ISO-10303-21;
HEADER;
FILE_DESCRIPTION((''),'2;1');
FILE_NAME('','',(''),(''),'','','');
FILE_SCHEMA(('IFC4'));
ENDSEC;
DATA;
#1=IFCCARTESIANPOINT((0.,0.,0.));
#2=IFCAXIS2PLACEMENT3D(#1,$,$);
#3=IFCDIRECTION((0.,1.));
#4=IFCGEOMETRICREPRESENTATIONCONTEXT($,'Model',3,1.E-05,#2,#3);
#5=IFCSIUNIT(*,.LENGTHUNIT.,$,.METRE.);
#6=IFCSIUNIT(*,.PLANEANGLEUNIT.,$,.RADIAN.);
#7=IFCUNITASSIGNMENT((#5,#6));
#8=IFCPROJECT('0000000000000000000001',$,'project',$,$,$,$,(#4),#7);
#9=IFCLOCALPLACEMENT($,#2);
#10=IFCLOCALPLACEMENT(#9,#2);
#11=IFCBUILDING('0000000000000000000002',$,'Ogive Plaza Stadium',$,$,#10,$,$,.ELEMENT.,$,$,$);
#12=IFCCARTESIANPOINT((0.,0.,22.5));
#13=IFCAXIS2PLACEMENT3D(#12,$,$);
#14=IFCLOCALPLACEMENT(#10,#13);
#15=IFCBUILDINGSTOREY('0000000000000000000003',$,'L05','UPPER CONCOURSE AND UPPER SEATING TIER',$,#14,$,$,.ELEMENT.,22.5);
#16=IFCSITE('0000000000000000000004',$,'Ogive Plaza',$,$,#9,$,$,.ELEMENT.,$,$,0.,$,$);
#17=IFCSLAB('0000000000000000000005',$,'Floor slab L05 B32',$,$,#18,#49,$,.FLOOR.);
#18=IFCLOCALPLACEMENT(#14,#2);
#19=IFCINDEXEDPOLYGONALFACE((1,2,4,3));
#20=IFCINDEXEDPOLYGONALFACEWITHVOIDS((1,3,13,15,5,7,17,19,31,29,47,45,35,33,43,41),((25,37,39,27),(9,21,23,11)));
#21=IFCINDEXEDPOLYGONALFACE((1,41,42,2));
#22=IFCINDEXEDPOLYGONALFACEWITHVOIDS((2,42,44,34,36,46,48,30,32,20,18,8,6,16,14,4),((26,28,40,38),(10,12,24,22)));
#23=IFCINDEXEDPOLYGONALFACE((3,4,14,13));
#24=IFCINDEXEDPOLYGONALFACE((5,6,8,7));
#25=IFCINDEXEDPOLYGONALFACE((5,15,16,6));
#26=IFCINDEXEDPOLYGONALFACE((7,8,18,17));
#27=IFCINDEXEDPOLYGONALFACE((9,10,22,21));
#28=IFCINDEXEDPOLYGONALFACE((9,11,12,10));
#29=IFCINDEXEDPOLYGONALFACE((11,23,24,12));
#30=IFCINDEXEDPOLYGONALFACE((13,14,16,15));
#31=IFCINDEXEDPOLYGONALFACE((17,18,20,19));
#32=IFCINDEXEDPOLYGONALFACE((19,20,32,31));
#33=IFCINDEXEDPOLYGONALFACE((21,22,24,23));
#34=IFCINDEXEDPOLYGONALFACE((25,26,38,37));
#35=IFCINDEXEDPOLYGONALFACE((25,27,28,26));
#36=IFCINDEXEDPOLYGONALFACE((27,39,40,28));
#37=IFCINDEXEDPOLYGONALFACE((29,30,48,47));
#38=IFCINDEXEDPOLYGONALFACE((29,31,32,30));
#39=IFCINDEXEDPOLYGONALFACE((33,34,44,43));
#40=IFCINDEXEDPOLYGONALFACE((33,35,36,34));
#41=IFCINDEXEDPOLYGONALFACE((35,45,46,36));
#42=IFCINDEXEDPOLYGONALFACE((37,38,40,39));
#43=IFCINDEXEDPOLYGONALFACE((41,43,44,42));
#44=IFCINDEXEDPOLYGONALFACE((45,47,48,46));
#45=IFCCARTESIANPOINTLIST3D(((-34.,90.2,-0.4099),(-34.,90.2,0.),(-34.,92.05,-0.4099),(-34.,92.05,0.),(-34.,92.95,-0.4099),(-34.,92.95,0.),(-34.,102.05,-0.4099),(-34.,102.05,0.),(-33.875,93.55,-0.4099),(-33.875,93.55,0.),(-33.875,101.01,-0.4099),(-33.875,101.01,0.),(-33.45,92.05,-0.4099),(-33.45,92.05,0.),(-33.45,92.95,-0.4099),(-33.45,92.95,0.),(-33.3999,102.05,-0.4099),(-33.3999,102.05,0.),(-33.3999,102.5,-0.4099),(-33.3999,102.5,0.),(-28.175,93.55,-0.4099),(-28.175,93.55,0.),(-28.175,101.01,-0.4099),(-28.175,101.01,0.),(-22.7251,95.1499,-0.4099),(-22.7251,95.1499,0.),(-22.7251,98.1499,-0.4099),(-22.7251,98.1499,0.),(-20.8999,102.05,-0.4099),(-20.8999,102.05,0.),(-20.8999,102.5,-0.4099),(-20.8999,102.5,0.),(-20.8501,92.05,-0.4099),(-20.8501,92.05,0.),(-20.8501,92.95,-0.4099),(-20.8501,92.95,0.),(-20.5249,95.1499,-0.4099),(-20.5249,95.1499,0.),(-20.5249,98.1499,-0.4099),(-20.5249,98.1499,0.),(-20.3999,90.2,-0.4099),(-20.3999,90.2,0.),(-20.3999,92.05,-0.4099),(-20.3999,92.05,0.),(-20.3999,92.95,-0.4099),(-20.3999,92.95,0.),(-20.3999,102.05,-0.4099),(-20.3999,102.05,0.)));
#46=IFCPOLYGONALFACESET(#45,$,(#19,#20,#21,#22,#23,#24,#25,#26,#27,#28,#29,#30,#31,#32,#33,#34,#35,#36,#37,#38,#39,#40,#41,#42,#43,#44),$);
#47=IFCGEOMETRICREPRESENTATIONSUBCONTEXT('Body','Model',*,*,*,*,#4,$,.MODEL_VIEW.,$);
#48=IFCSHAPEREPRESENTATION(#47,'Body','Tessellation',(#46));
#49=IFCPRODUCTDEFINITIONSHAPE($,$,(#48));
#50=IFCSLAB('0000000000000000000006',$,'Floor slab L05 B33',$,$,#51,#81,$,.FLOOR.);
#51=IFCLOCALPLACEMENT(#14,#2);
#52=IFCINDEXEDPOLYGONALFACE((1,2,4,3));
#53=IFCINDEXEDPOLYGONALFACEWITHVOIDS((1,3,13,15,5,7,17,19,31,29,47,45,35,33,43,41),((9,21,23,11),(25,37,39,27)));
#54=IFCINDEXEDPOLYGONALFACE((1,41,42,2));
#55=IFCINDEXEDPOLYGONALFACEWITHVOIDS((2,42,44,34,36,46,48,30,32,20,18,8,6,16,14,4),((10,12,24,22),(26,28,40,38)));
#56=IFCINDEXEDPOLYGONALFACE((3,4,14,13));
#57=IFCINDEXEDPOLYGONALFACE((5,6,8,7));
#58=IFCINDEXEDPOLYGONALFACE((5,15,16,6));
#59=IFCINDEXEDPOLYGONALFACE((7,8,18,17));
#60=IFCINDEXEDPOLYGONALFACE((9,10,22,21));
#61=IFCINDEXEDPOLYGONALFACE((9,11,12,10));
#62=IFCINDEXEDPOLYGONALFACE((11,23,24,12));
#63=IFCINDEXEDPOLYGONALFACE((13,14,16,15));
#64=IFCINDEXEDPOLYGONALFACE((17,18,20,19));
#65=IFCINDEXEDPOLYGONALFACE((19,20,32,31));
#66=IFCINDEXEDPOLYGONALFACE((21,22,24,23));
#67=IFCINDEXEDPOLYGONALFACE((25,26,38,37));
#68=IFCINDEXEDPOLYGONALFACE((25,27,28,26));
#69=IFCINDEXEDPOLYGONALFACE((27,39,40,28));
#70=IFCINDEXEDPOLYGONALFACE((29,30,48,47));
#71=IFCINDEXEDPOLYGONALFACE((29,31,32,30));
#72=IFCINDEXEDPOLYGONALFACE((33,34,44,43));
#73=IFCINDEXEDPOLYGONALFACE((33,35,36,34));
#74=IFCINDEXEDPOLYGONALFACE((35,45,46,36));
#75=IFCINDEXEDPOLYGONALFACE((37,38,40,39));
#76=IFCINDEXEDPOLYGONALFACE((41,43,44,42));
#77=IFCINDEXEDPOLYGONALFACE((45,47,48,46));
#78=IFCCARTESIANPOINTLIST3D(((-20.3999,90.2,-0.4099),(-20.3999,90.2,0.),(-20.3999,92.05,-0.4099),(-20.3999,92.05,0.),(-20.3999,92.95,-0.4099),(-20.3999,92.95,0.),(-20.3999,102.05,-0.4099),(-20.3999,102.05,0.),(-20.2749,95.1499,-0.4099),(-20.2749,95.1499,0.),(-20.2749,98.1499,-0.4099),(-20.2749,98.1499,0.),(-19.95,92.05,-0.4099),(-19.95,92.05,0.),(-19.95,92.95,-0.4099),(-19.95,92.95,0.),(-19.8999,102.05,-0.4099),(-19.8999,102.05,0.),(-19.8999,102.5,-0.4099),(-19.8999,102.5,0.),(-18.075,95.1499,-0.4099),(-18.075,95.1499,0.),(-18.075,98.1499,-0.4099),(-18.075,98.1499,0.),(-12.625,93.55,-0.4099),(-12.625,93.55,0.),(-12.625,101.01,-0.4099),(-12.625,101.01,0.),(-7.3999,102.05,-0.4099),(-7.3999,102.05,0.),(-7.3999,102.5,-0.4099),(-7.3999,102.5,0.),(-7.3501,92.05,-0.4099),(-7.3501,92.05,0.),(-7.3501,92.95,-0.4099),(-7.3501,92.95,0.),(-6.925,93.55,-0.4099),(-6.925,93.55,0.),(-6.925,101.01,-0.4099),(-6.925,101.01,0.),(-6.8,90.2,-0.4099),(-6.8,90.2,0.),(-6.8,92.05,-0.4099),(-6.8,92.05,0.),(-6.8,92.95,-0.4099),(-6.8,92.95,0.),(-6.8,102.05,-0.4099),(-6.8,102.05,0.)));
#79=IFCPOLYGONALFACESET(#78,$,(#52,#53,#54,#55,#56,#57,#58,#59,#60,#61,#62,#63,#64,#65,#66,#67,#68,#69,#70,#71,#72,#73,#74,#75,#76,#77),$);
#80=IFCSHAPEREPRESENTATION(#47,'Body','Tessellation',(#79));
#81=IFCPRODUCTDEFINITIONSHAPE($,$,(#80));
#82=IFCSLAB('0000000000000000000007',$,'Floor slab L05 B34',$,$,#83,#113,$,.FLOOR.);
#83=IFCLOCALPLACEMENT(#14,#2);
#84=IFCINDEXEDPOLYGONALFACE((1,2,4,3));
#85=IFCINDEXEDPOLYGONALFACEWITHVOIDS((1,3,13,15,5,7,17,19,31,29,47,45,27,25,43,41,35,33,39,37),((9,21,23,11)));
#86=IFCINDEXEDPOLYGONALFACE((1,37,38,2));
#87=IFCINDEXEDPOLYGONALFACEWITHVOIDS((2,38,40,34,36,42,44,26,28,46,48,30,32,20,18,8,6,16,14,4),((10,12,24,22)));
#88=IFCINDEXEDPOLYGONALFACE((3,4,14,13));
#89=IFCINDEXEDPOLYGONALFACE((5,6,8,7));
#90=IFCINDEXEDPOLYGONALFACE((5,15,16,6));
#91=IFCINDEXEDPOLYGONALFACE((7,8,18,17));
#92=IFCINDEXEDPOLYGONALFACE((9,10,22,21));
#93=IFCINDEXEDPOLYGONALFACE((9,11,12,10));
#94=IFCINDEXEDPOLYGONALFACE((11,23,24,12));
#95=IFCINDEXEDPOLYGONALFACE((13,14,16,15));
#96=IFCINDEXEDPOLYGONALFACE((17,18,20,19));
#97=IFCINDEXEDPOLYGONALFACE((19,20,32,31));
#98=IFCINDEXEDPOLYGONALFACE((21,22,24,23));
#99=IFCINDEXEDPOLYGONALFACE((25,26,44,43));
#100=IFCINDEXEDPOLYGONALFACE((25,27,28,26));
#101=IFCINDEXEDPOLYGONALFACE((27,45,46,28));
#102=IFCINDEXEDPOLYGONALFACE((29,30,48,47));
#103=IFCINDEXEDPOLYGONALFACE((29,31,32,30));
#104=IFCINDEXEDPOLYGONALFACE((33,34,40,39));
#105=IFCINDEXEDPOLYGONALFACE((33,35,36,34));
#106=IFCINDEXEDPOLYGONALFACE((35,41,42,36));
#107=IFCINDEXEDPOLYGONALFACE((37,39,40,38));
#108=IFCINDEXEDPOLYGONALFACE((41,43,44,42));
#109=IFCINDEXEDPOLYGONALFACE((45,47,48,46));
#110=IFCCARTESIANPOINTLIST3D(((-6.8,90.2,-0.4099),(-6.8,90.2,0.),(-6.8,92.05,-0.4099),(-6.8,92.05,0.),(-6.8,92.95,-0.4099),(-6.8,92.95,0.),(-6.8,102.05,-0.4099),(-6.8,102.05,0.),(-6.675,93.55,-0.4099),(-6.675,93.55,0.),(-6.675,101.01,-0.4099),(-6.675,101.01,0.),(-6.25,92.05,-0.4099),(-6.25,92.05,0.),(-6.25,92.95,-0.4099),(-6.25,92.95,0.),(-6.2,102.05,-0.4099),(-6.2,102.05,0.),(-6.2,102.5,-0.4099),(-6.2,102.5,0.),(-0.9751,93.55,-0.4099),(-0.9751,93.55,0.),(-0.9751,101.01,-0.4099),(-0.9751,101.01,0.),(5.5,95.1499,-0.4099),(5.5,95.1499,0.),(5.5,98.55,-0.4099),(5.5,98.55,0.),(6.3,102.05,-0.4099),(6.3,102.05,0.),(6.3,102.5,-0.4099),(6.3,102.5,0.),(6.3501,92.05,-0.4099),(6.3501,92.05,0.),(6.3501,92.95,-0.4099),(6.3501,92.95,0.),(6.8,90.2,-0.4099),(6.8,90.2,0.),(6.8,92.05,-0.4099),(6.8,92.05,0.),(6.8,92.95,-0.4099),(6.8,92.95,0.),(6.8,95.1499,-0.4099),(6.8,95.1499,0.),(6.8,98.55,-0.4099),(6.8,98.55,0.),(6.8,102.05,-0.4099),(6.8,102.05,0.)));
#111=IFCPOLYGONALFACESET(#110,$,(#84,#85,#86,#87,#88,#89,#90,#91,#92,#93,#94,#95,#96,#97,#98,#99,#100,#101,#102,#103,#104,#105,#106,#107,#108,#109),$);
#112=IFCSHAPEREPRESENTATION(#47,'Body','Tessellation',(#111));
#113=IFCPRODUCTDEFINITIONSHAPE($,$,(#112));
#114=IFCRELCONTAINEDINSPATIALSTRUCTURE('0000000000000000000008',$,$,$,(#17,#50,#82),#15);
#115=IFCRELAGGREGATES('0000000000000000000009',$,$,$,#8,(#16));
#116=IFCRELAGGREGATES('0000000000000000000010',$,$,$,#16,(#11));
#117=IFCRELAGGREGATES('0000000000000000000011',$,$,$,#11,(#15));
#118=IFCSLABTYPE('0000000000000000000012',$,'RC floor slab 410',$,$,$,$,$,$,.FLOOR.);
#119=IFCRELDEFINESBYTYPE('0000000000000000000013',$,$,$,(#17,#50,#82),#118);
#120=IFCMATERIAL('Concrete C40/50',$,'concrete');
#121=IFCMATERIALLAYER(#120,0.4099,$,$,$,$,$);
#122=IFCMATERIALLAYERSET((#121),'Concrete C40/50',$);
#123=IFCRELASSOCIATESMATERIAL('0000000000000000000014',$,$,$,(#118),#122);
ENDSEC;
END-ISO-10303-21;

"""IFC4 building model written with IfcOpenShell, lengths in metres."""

from ifc_helpers import new_model, si_unit, direction, frame, origin, place, context, subcontext, project, spatial, polyline, outline, extrude, material, layer, layer_set, type_object, element, save


model = new_model("IFC4")

# Units and contexts
model_context = context("Model", 3, precision=1e-05, world=origin(), true_north=direction((0.0, 1.0)))
body_context = subcontext(model_context, "Body", "Model", "MODEL_VIEW")
ifc_project = project(units=[si_unit("LENGTHUNIT", "METRE"), si_unit("PLANEANGLEUNIT", "RADIAN")], contexts=[model_context])

# Site, building, storey
site_placement = place(None, origin())
site = spatial("IfcSite", under=ifc_project, at=site_placement, Name="Ogive Plaza", CompositionType="ELEMENT", RefElevation=0.0)
building_placement = place(site_placement, origin())
building = spatial("IfcBuilding", under=site, at=building_placement, Name="Ogive Plaza Stadium", CompositionType="ELEMENT")
storey_placement = place(building_placement, frame((0.0, 0.0, 22.5)))
storey = spatial("IfcBuildingStorey", under=building, at=storey_placement, Name="L05", Description="UPPER CONCOURSE AND UPPER SEATING TIER", CompositionType="ELEMENT", Elevation=22.5)

# Slabs
ifc_material = material(Name="Concrete C40/50", Category="concrete")
ifc_layer = layer(ifc_material, 0.4099)
ifc_layer_set = layer_set([ifc_layer], Name="Concrete C40/50")
slab_type = type_object("IfcSlabType", Name="RC floor slab 410", PredefinedType="FLOOR", material=ifc_layer_set)
slab_1_placement = place(storey_placement, frame((0.0, 0.0, -0.4099)))
element("IfcSlab", 1, at=slab_1_placement, inside=storey, type_object=slab_type, Name="Floor slab L05 B32", PredefinedType="FLOOR", context=body_context, shape_type="SweptSolid", body=[
    extrude(outline(polyline([(-20.3999, 92.05), (-20.8501, 92.05), (-20.8501, 92.95), (-20.3999, 92.95), (-20.3999, 102.05), (-20.8999, 102.05), (-20.8999, 102.5), (-33.3999, 102.5), (-33.3999, 102.05), (-34.0, 102.05), (-34.0, 92.95), (-33.45, 92.95), (-33.45, 92.05), (-34.0, 92.05), (-34.0, 90.2), (-20.3999, 90.2), (-20.3999, 92.05)]), holes=[polyline([(-22.7251, 95.1499), (-20.5249, 95.1499), (-20.5249, 98.1499), (-22.7251, 98.1499), (-22.7251, 95.1499)]), polyline([(-33.875, 93.55), (-28.175, 93.55), (-28.175, 101.01), (-33.875, 101.01), (-33.875, 93.55)])]), origin(), (0.0, 0.0, 1.0), 0.4099),
])
slab_2_placement = place(storey_placement, frame((0.0, 0.0, -0.4099)))
element("IfcSlab", 2, at=slab_2_placement, inside=storey, type_object=slab_type, Name="Floor slab L05 B33", PredefinedType="FLOOR", context=body_context, shape_type="SweptSolid", body=[
    extrude(outline(polyline([(-6.8, 92.05), (-7.3501, 92.05), (-7.3501, 92.95), (-6.8, 92.95), (-6.8, 102.05), (-7.3999, 102.05), (-7.3999, 102.5), (-19.8999, 102.5), (-19.8999, 102.05), (-20.3999, 102.05), (-20.3999, 92.95), (-19.95, 92.95), (-19.95, 92.05), (-20.3999, 92.05), (-20.3999, 90.2), (-6.8, 90.2), (-6.8, 92.05)]), holes=[polyline([(-20.2749, 95.1499), (-18.075, 95.1499), (-18.075, 98.1499), (-20.2749, 98.1499), (-20.2749, 95.1499)]), polyline([(-6.925, 93.55), (-6.925, 101.01), (-12.625, 101.01), (-12.625, 93.55), (-6.925, 93.55)])]), origin(), (0.0, 0.0, 1.0), 0.4099),
])
slab_3_placement = place(storey_placement, frame((0.0, 0.0, -0.4099)))
element("IfcSlab", 3, at=slab_3_placement, inside=storey, type_object=slab_type, Name="Floor slab L05 B34", PredefinedType="FLOOR", context=body_context, shape_type="SweptSolid", body=[
    extrude(outline(polyline([(6.8, 92.05), (6.3501, 92.05), (6.3501, 92.95), (6.8, 92.95), (6.8, 95.1499), (5.5, 95.1499), (5.5, 98.55), (6.8, 98.55), (6.8, 102.05), (6.3, 102.05), (6.3, 102.5), (-6.2, 102.5), (-6.2, 102.05), (-6.8, 102.05), (-6.8, 92.95), (-6.25, 92.95), (-6.25, 92.05), (-6.8, 92.05), (-6.8, 90.2), (6.8, 90.2), (6.8, 92.05)]), holes=[polyline([(-6.675, 93.55), (-0.9751, 93.55), (-0.9751, 101.01), (-6.675, 101.01), (-6.675, 93.55)])]), origin(), (0.0, 0.0, 1.0), 0.4099),
])

save(model, "model.ifc")
